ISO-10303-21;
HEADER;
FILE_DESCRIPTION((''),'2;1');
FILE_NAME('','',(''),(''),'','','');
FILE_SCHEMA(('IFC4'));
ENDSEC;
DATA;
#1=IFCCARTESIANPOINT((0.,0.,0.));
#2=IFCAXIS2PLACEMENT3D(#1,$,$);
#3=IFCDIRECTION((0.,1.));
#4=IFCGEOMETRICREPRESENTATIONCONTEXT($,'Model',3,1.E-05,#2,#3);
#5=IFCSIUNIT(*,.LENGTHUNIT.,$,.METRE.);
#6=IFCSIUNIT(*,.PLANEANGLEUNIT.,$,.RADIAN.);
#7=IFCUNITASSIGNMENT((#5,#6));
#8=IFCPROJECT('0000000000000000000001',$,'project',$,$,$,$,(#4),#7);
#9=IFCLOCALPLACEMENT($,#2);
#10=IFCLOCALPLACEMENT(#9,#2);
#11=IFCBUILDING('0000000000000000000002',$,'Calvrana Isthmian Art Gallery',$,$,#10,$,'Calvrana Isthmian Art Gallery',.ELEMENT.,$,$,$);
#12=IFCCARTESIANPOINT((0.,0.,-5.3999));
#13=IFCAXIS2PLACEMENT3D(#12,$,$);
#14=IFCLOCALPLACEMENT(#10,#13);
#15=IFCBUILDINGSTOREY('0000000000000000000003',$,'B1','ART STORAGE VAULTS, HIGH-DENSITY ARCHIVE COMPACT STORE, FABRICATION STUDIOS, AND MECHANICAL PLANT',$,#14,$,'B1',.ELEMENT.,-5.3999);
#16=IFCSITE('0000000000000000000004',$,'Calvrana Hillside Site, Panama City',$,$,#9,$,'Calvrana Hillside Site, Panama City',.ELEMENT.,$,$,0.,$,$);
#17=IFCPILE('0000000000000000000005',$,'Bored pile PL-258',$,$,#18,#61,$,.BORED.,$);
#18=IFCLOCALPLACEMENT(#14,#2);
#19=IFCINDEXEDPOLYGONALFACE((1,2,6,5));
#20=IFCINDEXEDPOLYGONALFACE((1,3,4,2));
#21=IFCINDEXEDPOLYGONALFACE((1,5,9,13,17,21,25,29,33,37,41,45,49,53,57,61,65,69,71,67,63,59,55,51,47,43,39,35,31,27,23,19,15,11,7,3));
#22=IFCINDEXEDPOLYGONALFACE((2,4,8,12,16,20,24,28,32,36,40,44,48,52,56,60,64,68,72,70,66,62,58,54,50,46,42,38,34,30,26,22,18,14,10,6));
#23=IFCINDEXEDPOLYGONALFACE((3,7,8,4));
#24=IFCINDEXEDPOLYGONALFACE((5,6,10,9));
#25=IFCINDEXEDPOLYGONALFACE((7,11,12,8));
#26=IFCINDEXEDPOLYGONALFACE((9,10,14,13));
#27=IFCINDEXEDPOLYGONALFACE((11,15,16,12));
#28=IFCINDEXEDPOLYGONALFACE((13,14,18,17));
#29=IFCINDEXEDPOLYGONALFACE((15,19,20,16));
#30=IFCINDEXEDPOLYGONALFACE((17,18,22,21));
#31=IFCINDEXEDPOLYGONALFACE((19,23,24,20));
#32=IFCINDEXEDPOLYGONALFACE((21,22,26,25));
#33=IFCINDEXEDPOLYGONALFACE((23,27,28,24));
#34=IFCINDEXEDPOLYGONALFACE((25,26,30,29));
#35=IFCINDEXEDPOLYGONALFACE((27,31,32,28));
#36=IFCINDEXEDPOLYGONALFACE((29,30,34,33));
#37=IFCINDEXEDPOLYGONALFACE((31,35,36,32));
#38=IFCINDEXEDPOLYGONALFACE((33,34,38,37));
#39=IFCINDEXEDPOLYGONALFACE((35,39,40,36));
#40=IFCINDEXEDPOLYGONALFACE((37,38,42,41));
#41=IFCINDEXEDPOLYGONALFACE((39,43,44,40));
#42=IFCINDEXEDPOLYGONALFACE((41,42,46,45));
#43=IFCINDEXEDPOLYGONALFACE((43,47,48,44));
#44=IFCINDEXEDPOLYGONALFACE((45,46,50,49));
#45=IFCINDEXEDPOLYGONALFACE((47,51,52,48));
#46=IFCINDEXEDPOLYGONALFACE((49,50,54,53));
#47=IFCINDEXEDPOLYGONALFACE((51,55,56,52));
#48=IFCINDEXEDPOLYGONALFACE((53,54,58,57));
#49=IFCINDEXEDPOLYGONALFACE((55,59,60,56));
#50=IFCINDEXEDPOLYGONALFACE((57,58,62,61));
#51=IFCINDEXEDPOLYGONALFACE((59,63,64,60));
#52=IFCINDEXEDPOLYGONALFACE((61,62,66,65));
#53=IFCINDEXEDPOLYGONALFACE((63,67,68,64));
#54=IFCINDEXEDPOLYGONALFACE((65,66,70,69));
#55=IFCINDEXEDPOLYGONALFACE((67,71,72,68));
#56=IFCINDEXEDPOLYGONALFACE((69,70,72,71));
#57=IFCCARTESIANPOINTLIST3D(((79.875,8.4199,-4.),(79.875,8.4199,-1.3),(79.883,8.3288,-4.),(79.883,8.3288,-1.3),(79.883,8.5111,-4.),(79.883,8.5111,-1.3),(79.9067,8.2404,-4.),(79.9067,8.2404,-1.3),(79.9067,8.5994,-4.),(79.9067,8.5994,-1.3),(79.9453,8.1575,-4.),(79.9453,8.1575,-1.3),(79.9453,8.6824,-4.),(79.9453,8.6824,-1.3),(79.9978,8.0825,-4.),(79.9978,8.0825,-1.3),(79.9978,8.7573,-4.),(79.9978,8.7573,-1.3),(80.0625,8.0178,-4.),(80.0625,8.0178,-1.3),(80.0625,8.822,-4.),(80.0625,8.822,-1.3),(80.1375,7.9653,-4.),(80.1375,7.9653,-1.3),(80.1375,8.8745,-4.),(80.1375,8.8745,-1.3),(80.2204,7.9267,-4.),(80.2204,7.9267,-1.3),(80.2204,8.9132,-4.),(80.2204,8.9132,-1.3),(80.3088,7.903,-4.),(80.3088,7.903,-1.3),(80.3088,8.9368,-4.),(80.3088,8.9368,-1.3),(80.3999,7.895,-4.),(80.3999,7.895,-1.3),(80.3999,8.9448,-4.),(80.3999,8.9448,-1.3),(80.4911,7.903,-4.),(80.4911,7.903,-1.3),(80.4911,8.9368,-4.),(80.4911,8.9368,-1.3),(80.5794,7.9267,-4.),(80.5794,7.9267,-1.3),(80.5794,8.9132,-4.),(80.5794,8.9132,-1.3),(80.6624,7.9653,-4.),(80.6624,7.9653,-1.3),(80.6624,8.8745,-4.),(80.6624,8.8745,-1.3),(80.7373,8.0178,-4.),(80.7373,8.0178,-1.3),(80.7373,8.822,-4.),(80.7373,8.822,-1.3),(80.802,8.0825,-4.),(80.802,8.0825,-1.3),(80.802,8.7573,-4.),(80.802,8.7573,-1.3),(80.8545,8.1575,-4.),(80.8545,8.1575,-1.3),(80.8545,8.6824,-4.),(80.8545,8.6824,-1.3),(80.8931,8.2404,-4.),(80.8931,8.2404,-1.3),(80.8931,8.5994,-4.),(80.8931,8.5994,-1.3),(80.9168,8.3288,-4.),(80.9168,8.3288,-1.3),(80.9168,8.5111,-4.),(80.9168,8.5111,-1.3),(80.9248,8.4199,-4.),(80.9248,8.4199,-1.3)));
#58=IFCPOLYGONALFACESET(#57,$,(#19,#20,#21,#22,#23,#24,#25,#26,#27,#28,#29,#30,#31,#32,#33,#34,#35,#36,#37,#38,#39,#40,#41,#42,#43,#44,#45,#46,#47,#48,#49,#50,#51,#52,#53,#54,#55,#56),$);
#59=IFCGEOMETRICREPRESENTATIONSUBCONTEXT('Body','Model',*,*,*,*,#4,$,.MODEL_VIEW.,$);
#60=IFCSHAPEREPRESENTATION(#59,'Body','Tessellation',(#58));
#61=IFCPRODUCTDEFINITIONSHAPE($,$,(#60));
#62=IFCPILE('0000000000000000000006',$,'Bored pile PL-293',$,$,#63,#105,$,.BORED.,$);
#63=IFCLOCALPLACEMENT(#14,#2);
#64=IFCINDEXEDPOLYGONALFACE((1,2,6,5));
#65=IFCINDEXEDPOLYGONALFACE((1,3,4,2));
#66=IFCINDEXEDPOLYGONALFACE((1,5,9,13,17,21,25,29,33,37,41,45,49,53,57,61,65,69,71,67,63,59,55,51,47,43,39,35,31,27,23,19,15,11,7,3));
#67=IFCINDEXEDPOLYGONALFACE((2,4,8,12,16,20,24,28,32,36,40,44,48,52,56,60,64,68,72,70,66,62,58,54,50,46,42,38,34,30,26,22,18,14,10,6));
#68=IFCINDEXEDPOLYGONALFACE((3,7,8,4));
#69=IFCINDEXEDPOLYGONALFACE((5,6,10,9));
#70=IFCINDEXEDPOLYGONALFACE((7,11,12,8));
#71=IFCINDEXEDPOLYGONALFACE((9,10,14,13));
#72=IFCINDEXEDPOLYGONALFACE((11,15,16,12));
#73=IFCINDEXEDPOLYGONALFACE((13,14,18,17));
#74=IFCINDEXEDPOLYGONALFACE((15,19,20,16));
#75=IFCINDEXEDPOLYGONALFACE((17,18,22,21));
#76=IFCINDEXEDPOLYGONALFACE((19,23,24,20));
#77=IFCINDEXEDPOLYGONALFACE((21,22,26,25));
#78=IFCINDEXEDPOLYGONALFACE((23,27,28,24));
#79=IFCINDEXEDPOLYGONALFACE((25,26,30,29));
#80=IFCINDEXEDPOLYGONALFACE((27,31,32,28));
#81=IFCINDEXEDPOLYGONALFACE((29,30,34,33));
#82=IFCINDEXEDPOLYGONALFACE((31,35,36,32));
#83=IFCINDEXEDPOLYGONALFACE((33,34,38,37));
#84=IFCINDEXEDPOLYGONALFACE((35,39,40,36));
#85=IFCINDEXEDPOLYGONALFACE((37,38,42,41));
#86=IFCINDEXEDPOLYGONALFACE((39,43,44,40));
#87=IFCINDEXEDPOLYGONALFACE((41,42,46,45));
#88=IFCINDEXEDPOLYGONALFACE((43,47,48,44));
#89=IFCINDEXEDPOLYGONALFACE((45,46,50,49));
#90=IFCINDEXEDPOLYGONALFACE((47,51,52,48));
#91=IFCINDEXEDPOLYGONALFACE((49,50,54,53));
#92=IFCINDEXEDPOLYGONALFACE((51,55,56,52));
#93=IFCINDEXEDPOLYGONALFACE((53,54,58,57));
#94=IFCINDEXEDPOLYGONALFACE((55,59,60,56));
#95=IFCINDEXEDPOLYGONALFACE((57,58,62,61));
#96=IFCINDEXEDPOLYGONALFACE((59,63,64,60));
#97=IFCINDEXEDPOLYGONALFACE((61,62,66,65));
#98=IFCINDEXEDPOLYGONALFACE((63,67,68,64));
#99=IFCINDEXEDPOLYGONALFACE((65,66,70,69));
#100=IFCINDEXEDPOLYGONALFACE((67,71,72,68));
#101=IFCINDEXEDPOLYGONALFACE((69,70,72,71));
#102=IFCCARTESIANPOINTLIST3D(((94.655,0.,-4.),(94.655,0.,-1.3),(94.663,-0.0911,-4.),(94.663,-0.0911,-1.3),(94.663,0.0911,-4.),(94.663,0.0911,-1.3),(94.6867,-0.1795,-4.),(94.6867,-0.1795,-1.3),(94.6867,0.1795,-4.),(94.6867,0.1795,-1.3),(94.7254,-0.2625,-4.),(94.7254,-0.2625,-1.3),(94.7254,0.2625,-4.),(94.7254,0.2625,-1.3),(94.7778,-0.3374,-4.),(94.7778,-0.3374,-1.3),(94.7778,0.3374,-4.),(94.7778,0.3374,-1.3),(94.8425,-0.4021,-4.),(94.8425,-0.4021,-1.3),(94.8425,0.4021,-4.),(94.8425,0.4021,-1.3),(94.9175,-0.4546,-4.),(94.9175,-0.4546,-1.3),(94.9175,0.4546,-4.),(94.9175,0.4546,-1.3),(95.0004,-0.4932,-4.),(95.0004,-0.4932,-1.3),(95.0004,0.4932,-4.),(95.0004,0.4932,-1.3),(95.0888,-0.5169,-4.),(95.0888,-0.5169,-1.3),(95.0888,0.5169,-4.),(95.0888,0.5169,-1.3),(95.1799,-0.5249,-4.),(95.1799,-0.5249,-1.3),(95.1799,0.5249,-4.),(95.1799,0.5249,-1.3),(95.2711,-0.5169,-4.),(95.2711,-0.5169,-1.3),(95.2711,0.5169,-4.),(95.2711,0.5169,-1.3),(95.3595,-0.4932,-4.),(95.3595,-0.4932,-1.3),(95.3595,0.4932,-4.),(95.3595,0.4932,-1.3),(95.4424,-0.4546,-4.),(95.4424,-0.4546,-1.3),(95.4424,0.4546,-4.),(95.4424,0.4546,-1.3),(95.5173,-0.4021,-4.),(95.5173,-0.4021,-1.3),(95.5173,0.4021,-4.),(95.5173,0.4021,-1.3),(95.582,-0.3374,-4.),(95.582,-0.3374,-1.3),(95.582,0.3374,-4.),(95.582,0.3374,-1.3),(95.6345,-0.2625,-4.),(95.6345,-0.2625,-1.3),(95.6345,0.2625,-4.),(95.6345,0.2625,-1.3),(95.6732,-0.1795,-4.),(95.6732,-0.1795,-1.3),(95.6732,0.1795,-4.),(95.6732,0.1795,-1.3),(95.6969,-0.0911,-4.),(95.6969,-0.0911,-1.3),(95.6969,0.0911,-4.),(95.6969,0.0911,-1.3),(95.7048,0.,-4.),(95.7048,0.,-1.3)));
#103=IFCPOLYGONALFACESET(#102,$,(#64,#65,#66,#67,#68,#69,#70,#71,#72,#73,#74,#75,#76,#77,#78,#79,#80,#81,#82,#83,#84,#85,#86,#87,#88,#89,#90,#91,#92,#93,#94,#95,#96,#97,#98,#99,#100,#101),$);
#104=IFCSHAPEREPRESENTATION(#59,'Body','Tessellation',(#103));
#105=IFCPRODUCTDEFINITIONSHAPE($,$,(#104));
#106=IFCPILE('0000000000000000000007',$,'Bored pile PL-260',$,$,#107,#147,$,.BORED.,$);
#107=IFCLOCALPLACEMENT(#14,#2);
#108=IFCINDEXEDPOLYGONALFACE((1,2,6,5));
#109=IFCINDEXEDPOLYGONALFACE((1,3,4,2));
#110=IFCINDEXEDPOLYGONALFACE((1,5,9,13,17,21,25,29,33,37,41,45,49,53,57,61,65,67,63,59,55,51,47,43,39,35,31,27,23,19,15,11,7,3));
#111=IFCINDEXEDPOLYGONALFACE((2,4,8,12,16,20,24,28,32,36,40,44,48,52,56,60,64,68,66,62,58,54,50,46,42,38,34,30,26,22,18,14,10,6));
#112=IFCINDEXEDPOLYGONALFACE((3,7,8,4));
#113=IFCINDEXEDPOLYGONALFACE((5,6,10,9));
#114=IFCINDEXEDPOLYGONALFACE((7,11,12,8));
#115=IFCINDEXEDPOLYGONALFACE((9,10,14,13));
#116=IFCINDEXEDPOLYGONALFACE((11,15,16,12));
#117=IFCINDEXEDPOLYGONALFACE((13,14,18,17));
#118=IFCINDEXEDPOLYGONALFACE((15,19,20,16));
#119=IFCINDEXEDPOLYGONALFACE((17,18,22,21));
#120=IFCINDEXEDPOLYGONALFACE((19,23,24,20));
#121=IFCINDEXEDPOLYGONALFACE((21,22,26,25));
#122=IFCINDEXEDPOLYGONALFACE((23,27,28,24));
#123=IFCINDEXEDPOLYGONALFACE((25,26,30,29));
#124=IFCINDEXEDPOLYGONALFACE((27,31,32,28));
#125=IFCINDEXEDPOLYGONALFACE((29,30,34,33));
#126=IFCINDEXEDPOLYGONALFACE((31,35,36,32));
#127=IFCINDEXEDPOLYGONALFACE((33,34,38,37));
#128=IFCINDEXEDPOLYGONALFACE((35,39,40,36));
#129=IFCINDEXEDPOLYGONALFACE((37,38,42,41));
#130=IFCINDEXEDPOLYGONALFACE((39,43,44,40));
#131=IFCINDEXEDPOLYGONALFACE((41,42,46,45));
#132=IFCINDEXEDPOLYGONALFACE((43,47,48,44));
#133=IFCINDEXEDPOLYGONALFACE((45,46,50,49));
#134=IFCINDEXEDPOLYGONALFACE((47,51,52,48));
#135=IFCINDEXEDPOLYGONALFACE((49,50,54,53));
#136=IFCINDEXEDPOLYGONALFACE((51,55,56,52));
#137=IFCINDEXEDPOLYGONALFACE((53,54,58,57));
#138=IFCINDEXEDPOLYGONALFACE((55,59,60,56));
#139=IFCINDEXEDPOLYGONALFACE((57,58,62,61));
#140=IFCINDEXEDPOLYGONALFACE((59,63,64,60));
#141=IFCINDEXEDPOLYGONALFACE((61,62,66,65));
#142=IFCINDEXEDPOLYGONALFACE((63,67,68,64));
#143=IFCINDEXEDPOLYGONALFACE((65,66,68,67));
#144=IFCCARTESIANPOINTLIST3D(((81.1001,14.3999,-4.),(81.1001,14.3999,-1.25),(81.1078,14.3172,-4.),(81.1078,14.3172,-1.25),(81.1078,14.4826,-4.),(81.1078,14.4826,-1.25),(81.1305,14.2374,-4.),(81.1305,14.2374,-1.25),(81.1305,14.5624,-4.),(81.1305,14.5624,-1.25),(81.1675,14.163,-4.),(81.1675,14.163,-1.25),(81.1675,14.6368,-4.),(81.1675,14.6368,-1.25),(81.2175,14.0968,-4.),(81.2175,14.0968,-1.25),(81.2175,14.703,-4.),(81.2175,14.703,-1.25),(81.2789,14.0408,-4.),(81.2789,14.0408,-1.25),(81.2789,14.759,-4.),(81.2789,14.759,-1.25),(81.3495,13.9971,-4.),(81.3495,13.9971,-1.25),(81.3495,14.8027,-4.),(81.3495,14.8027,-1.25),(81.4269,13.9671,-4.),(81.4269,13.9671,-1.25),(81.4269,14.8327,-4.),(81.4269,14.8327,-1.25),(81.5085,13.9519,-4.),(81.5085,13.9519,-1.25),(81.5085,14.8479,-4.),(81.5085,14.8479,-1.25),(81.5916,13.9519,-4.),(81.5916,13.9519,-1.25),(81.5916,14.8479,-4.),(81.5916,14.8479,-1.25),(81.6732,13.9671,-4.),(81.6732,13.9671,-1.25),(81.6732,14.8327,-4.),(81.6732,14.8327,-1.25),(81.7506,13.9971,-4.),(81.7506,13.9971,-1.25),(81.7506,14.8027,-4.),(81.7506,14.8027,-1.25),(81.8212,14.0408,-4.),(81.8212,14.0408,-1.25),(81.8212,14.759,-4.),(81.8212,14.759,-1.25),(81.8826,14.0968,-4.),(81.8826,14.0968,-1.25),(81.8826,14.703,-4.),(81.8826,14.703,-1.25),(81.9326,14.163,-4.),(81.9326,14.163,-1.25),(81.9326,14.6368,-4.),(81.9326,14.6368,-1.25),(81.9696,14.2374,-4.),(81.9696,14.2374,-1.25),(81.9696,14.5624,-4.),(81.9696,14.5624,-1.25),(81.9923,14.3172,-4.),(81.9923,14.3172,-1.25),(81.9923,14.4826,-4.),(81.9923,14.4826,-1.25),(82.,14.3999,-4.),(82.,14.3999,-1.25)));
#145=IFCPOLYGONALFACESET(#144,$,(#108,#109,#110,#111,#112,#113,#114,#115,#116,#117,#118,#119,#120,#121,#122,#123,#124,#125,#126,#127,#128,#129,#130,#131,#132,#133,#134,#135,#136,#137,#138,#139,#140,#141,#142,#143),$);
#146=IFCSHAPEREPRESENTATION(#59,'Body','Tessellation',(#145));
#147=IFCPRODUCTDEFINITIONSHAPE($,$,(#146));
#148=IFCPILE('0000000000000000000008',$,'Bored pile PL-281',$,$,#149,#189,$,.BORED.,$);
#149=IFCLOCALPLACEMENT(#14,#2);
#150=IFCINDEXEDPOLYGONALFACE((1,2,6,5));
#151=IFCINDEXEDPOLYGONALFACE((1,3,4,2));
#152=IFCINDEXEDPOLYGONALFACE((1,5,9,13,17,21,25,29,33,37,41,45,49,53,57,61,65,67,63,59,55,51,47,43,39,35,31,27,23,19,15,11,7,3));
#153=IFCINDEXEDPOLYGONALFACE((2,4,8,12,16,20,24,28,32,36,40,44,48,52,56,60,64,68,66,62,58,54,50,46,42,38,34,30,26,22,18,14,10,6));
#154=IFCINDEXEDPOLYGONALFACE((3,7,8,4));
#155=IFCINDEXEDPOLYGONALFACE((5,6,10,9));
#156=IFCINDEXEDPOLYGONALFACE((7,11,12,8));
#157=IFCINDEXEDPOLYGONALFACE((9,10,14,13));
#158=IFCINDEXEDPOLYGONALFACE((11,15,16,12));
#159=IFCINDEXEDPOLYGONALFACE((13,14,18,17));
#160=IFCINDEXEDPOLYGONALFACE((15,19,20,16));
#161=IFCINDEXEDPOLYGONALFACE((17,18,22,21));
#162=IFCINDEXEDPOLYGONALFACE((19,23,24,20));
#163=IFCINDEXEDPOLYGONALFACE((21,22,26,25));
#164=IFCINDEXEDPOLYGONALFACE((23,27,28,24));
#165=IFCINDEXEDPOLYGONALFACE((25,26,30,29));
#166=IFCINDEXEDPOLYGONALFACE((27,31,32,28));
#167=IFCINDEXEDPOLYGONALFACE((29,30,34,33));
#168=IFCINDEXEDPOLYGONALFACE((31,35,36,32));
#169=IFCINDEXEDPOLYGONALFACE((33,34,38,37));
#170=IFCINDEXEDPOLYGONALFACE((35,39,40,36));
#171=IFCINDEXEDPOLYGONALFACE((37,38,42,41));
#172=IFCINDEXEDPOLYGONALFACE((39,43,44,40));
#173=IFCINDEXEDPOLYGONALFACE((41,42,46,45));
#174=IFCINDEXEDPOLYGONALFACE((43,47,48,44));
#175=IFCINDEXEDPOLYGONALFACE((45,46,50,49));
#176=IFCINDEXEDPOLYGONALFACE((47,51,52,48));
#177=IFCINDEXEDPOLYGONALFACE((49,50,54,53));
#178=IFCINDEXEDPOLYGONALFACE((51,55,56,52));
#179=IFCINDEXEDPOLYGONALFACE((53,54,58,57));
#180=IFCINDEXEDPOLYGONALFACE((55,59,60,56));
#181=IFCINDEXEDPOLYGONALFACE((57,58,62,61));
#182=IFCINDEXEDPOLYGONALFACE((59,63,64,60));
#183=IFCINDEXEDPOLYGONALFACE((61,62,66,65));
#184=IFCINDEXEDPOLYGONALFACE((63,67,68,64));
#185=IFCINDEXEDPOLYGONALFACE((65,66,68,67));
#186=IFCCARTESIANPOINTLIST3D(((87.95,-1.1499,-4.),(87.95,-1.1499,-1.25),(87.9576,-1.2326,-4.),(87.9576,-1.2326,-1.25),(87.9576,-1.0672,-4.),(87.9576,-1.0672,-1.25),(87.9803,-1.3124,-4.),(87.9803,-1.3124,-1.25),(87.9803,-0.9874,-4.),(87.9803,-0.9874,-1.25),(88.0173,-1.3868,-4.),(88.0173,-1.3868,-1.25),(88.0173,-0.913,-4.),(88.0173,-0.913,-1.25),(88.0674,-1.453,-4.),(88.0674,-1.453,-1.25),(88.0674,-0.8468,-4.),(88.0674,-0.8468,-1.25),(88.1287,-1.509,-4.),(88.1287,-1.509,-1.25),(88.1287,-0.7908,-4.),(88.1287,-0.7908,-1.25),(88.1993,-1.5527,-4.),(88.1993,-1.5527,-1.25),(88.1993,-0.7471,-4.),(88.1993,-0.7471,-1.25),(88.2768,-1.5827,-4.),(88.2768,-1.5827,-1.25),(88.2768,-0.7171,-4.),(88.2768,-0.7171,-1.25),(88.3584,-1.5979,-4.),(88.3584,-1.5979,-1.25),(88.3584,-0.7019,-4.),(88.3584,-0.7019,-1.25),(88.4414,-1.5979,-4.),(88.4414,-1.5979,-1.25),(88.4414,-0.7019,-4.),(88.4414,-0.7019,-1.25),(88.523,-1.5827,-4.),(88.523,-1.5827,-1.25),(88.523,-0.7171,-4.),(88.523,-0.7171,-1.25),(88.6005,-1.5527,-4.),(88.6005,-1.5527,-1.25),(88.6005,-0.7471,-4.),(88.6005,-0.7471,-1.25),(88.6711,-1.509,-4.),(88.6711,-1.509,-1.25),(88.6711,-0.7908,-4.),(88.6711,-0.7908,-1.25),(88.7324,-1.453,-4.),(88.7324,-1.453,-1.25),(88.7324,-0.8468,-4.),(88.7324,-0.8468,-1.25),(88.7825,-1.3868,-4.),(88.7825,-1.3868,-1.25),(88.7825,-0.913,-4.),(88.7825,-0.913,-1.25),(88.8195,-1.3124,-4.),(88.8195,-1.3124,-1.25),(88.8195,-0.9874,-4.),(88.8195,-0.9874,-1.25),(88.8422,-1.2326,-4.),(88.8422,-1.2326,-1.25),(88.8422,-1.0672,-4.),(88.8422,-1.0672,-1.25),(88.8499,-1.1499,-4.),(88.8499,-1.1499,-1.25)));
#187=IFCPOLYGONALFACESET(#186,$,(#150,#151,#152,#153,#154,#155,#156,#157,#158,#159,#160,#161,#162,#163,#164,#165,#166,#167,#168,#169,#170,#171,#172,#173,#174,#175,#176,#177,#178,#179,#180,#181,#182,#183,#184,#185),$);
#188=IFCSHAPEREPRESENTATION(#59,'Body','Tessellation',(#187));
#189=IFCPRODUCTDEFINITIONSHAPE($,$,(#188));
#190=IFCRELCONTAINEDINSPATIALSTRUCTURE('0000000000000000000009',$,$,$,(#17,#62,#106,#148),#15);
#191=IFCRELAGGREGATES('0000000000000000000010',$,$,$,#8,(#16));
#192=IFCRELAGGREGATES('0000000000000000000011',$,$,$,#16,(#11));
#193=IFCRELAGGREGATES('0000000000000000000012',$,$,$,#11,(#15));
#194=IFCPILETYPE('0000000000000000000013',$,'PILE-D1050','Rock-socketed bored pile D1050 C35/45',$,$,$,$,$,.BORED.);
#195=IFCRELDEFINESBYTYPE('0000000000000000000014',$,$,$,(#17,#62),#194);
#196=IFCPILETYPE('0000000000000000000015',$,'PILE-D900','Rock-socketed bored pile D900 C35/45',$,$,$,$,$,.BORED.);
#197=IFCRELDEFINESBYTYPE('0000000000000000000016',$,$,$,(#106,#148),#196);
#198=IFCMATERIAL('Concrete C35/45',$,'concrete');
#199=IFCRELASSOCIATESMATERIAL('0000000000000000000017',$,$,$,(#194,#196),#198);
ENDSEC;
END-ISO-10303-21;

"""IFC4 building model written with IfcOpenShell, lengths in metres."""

from ifc_helpers import new_model, si_unit, direction, frame, origin, origin_2d, place, context, subcontext, project, spatial, circle, extrude, material, material_profile, profile_set, type_object, element, save


model = new_model("IFC4")

# Units and contexts
model_context = context("Model", 3, precision=1e-05, world=origin(), true_north=direction((0.0, 1.0)))
body_context = subcontext(model_context, "Body", "Model", "MODEL_VIEW")
ifc_project = project(units=[si_unit("LENGTHUNIT", "METRE"), si_unit("PLANEANGLEUNIT", "RADIAN")], contexts=[model_context])

# Site, building, storey
site_placement = place(None, origin())
site = spatial("IfcSite", under=ifc_project, at=site_placement, Name="Calvrana Hillside Site, Panama City", LongName="Calvrana Hillside Site, Panama City", CompositionType="ELEMENT", RefElevation=0.0)
building_placement = place(site_placement, origin())
building = spatial("IfcBuilding", under=site, at=building_placement, Name="Calvrana Isthmian Art Gallery", LongName="Calvrana Isthmian Art Gallery", CompositionType="ELEMENT")
storey_placement = place(building_placement, frame((0.0, 0.0, -5.3999)))
storey = spatial("IfcBuildingStorey", under=building, at=storey_placement, Name="B1", Description="ART STORAGE VAULTS, HIGH-DENSITY ARCHIVE COMPACT STORE, FABRICATION STUDIOS, AND MECHANICAL PLANT", LongName="B1", CompositionType="ELEMENT", Elevation=-5.3999)

# Shared definitions
ifc_material_1 = material(Name="Concrete C35/45", Category="concrete")

# Piles
ifc_material_profile_1 = material_profile(ifc_material_1, circle(Radius=0.5249, at=origin_2d()), Name="PILE1050D")
ifc_profile_set_1 = profile_set([ifc_material_profile_1], Name="Concrete C35/45")
pile_type_1 = type_object("IfcPileType", Name="PILE-D1050", Description="Rock-socketed bored pile D1050 C35/45", PredefinedType="BORED", material=ifc_profile_set_1)
for number, where, z_axis, x_axis, name in (
    (1, (80.3999, 8.4199, -1.3), (0.0, 0.0, -1.0), (1.0, 0.0, 0.0), "Bored pile PL-258"),
    (2, (95.1799, 0.0, -1.3), (0.0, 0.0, -1.0), (1.0, 0.0, 0.0), "Bored pile PL-293"),
):
    element("IfcPile", number, at=place(storey_placement, frame(where, z_axis=z_axis, x_axis=x_axis)), inside=storey, type_object=pile_type_1, Name=name, PredefinedType="BORED", context=body_context, shape_type="SweptSolid", body=[
        extrude(circle(Radius=0.5249, at=origin_2d()), origin(), (0.0, 0.0, 1.0), 2.7),
    ])
ifc_material_profile_2 = material_profile(ifc_material_1, circle(Radius=0.45, at=origin_2d()), Name="PILE900D")
ifc_profile_set_2 = profile_set([ifc_material_profile_2], Name="Concrete C35/45")
pile_type_2 = type_object("IfcPileType", Name="PILE-D900", Description="Rock-socketed bored pile D900 C35/45", PredefinedType="BORED", material=ifc_profile_set_2)
for number, where, z_axis, x_axis, name in (
    (3, (81.55, 14.3999, -1.25), (0.0, 0.0, -1.0), (1.0, 0.0, 0.0), "Bored pile PL-260"),
    (4, (88.3999, -1.1499, -1.25), (0.0, 0.0, -1.0), (1.0, 0.0, 0.0), "Bored pile PL-281"),
):
    element("IfcPile", number, at=place(storey_placement, frame(where, z_axis=z_axis, x_axis=x_axis)), inside=storey, type_object=pile_type_2, Name=name, PredefinedType="BORED", context=body_context, shape_type="SweptSolid", body=[
        extrude(circle(Radius=0.45, at=origin_2d()), origin(), (0.0, 0.0, 1.0), 2.75),
    ])

save(model, "model.ifc")
